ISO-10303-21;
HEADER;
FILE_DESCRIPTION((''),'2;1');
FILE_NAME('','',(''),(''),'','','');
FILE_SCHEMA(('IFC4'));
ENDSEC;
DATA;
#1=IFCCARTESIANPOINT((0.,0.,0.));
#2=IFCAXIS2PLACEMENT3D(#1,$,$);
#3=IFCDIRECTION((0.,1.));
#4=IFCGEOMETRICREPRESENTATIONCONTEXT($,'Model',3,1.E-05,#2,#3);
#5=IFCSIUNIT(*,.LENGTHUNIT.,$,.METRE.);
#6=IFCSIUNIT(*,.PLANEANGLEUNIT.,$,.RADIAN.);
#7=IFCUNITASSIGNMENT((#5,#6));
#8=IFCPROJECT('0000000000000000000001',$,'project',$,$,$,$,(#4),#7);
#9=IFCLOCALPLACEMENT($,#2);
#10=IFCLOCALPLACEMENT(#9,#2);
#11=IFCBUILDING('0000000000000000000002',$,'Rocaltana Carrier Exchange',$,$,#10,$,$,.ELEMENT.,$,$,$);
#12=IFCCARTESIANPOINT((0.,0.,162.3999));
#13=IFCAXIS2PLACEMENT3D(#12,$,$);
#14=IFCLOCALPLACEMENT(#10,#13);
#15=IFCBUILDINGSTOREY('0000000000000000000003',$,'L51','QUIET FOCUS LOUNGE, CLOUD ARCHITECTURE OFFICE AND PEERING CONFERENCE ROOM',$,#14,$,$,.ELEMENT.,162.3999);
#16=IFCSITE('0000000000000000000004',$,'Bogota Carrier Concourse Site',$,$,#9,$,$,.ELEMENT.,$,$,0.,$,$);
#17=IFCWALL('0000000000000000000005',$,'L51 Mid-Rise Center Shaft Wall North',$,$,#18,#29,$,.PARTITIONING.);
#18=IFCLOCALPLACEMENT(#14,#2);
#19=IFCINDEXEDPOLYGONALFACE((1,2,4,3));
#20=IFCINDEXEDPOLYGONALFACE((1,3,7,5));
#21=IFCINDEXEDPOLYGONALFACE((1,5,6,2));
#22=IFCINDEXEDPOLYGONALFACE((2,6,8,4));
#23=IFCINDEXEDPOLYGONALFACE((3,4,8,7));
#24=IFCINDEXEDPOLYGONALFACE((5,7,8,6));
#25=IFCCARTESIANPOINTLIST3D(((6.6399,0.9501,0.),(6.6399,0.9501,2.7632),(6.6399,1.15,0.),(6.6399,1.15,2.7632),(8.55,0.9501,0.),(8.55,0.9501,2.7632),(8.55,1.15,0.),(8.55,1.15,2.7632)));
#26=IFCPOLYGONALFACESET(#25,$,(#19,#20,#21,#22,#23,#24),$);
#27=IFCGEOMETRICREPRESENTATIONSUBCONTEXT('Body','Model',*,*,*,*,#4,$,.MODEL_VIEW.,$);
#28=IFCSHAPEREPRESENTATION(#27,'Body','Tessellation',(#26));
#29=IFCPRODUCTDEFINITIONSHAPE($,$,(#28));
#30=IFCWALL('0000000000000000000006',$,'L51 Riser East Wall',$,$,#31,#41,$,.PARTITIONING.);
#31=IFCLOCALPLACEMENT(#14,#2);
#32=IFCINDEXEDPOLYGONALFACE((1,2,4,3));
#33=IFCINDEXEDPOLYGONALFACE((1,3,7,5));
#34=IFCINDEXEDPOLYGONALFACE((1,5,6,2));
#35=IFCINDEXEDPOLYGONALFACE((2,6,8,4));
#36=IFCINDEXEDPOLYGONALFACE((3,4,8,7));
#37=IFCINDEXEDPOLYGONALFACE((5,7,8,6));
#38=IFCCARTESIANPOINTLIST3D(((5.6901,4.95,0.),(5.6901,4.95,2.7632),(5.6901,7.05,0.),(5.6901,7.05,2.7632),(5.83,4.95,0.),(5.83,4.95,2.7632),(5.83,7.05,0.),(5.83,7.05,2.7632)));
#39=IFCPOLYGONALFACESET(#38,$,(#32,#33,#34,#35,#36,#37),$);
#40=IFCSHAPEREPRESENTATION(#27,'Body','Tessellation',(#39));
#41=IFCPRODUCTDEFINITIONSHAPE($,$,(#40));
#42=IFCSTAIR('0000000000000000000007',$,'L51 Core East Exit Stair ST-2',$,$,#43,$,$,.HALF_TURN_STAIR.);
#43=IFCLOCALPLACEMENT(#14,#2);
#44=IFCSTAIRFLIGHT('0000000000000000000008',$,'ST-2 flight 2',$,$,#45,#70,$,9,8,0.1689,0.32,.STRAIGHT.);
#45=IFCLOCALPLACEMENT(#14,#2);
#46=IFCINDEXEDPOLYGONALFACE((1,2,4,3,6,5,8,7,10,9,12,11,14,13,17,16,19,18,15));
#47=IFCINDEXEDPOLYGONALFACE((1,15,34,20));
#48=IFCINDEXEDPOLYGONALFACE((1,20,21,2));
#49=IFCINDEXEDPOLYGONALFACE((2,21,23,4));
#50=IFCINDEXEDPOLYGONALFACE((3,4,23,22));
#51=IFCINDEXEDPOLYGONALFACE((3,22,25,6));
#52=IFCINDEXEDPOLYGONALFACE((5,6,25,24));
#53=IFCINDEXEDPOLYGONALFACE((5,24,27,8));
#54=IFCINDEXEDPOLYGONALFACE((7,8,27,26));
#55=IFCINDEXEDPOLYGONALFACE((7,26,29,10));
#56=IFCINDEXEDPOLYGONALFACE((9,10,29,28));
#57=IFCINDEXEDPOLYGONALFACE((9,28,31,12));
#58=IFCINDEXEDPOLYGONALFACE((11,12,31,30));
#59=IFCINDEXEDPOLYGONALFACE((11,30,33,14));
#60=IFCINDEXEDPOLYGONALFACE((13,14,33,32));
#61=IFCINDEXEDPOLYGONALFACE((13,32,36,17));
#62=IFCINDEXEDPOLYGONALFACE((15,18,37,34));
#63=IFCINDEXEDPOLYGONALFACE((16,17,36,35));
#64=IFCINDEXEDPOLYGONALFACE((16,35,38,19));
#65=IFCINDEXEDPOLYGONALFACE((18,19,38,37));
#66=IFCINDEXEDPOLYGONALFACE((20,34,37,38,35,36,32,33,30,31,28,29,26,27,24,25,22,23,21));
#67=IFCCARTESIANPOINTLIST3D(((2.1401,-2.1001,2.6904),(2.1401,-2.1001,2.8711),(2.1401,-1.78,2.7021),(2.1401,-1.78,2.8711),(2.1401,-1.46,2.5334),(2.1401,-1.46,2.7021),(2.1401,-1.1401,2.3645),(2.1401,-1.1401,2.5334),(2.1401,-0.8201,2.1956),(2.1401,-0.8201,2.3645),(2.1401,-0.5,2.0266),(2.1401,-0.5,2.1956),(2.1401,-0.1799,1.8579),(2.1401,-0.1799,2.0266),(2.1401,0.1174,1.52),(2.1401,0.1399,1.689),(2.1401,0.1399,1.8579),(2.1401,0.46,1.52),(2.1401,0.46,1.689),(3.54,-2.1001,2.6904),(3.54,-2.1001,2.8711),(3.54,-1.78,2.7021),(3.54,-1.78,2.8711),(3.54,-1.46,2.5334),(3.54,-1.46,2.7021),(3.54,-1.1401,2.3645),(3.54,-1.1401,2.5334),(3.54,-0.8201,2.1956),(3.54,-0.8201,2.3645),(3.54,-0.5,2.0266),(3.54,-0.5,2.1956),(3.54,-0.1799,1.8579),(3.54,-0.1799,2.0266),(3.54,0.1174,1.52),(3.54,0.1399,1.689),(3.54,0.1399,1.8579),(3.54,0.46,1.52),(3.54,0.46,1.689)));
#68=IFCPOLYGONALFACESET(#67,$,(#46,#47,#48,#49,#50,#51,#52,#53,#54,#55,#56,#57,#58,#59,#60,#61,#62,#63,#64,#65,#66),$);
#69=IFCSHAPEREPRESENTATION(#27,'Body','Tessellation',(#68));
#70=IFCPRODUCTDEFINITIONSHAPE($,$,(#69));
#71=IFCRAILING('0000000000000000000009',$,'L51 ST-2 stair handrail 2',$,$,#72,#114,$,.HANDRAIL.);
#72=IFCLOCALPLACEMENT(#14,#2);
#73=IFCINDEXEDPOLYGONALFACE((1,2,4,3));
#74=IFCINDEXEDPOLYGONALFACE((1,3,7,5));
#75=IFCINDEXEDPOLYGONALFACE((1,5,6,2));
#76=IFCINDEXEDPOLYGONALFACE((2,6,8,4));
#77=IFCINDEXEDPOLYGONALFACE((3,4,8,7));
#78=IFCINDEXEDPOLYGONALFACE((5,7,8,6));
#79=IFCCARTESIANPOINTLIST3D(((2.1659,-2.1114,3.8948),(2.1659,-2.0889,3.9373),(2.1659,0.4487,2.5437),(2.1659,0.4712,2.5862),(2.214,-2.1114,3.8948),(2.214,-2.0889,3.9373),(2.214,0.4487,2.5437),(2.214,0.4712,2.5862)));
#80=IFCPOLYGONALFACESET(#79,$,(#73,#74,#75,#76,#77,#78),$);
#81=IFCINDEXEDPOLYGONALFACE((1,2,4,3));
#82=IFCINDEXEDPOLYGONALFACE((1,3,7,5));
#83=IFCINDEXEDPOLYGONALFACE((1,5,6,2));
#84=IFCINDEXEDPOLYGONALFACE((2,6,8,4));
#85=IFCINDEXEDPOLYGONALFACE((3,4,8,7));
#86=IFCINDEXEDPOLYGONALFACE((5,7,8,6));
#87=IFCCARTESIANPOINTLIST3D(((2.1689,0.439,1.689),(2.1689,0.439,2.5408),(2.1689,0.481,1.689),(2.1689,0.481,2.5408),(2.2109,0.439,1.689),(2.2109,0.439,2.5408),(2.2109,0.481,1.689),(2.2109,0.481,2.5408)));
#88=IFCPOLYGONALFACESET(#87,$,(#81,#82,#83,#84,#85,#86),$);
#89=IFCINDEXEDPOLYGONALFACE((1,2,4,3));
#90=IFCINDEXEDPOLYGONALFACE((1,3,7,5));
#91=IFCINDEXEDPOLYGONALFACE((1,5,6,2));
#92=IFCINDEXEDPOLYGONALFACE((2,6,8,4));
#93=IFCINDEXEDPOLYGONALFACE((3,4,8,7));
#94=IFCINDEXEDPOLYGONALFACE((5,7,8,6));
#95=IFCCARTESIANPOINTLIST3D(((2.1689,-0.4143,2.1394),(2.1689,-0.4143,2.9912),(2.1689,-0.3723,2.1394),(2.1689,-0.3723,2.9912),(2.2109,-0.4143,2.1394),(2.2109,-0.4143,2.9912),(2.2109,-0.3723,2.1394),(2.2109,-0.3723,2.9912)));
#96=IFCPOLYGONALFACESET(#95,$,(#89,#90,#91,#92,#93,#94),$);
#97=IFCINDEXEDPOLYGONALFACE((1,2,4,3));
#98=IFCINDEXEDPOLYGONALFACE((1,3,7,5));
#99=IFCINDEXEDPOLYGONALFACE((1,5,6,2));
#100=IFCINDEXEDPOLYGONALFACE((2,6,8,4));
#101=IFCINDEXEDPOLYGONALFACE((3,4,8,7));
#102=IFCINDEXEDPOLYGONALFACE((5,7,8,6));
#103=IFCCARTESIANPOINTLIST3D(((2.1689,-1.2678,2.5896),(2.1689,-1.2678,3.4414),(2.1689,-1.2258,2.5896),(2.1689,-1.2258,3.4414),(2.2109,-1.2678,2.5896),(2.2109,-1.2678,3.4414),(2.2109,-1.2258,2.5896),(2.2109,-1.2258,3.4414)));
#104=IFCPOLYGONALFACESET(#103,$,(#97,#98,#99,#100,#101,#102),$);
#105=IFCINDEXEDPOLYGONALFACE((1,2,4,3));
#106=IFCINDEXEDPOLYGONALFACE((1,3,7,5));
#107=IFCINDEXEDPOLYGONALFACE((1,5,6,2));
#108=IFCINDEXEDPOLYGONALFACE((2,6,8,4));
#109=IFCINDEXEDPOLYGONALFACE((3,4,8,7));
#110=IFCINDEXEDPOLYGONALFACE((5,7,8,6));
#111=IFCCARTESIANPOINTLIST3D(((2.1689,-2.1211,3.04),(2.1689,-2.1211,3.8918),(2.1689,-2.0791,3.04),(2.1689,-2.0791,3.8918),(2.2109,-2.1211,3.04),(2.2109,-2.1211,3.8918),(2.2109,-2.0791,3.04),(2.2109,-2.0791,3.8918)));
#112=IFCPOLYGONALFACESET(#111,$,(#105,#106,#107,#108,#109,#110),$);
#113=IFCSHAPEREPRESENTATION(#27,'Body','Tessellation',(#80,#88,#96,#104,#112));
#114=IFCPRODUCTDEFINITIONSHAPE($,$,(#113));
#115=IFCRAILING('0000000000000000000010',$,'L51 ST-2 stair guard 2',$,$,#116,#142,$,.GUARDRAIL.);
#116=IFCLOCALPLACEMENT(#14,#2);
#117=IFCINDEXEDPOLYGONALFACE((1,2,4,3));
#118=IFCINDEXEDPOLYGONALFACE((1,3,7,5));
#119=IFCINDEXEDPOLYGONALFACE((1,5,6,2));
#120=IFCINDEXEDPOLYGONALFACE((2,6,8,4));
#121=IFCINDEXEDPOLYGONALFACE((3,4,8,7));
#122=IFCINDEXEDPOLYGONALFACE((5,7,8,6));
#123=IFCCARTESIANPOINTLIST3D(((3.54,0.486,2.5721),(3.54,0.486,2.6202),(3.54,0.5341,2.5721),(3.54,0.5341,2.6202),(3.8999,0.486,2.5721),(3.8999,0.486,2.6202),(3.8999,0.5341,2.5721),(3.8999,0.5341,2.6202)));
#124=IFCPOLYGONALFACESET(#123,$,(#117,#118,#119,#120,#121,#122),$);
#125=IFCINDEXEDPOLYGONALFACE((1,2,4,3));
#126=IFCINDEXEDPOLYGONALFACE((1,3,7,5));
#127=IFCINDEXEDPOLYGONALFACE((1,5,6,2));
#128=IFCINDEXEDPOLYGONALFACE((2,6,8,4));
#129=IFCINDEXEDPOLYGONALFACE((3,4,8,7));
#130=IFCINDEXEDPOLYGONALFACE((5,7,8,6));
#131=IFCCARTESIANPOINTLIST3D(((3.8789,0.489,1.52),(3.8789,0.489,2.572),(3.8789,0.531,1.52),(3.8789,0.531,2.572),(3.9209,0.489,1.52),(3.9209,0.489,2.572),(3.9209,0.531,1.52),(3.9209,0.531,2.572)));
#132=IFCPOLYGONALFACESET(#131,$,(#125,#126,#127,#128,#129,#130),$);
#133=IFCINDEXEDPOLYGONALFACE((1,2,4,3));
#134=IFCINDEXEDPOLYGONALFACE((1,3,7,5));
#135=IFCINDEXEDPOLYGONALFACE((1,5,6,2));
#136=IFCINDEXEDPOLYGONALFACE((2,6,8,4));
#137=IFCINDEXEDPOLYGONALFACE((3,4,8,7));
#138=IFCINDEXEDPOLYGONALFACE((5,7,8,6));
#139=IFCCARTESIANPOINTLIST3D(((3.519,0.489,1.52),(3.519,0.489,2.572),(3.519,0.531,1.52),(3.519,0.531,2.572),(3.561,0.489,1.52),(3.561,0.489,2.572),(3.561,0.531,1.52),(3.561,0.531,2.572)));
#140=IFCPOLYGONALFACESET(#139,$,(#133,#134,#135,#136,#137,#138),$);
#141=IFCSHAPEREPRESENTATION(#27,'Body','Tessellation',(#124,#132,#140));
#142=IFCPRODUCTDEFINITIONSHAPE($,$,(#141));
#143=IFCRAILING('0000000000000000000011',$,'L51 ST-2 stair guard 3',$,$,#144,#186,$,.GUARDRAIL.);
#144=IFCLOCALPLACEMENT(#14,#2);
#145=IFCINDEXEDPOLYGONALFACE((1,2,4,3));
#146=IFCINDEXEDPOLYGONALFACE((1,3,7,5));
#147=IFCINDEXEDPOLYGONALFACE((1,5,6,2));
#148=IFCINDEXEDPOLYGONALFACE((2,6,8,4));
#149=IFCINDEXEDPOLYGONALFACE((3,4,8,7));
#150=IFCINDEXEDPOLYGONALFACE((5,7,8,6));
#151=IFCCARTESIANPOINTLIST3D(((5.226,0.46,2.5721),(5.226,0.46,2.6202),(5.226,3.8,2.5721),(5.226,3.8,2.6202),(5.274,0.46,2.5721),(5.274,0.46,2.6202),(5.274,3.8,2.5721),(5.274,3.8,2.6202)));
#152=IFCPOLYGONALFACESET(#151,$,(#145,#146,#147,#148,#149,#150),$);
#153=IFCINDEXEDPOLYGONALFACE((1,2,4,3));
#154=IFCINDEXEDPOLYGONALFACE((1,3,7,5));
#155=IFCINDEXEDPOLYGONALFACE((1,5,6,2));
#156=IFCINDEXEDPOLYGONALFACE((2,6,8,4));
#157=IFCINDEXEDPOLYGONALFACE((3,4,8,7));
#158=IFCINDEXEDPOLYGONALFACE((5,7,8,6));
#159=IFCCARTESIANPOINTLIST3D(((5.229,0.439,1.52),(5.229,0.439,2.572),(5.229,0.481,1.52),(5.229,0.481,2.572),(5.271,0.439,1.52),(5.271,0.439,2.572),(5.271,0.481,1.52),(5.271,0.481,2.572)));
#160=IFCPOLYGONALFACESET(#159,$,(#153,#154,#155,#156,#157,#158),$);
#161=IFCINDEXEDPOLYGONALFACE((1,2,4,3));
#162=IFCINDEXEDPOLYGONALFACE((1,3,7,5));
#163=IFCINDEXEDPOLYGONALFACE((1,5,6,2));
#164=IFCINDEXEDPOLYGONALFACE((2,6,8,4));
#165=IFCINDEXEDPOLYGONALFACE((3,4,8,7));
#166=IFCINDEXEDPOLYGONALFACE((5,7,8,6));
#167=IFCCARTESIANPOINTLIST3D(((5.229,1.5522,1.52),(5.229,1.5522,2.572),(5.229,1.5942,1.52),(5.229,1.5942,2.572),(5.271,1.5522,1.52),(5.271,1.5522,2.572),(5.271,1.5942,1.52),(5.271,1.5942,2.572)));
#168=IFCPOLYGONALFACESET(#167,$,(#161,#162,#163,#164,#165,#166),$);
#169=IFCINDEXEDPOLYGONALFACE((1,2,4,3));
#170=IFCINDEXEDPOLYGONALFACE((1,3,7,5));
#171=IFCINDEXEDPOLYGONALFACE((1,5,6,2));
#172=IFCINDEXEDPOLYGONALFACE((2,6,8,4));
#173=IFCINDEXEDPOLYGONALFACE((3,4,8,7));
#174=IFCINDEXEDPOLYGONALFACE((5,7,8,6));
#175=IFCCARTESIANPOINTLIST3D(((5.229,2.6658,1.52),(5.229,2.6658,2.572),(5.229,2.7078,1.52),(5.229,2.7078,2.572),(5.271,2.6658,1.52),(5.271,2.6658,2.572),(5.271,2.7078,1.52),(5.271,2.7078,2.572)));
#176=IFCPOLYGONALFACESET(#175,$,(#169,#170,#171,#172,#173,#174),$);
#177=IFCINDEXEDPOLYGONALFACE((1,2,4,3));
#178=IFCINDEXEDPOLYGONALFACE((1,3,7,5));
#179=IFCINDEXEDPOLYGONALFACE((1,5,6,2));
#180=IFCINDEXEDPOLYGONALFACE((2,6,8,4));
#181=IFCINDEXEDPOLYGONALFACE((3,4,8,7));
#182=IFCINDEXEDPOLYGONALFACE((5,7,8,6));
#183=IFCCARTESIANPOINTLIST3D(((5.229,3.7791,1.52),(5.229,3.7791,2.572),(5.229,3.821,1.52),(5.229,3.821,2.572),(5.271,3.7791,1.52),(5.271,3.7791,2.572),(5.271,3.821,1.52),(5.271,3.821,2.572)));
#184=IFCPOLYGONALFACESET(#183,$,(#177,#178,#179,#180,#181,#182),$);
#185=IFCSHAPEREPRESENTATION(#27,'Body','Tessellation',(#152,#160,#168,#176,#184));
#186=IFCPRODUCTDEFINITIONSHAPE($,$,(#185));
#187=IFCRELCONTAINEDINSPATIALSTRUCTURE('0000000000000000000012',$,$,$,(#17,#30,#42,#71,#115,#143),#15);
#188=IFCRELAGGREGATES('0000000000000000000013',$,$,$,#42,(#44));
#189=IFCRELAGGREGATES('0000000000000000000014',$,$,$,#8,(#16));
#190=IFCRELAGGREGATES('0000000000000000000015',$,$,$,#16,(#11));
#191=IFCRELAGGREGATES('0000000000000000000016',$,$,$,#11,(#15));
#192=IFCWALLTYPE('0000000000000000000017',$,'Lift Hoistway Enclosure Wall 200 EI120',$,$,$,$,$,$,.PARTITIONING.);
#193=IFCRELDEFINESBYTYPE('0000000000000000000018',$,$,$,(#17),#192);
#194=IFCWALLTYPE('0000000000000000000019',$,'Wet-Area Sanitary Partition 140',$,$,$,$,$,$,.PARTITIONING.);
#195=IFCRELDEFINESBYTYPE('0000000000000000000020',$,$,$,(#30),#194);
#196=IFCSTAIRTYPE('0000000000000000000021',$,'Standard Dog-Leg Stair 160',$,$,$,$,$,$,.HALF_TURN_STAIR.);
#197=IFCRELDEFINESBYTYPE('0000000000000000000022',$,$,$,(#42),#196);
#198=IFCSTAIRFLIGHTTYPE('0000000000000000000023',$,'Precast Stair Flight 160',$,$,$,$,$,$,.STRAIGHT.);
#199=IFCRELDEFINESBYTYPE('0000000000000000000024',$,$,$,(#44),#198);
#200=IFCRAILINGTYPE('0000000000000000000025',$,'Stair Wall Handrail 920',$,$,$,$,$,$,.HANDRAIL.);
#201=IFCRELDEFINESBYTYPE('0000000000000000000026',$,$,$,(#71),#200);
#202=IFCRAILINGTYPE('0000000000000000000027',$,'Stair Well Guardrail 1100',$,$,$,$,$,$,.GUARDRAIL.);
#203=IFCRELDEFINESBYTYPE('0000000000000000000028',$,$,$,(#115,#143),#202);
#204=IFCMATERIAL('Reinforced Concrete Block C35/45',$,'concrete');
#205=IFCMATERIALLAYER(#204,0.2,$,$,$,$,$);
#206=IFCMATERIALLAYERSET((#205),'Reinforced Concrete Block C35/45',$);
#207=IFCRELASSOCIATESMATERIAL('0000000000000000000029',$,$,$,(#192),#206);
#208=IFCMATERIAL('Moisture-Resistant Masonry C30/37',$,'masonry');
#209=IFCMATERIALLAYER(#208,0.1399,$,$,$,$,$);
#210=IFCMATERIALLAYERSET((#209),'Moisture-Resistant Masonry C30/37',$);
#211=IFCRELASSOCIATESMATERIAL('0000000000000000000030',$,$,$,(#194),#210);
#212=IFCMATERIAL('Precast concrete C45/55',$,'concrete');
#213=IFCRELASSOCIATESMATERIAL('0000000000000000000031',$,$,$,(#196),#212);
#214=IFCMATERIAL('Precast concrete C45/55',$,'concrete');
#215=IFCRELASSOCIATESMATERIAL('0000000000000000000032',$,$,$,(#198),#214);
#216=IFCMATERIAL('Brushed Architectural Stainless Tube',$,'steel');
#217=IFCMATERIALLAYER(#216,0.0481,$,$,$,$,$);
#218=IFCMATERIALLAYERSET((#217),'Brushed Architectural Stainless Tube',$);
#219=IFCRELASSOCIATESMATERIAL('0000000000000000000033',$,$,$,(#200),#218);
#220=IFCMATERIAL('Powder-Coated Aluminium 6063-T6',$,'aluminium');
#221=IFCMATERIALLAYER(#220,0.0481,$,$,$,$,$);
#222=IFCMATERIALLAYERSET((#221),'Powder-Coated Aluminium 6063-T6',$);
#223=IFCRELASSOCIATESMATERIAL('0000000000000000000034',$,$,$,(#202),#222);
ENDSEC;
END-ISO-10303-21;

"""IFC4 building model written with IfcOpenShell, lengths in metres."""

from ifc_helpers import new_model, si_unit, direction, frame, frame_2d, origin, origin_2d, place, context, subcontext, project, spatial, polyline, rectangle, outline, extrude, material, layer, layer_set, type_object, element, aggregate, save


model = new_model("IFC4")

# Units and contexts
model_context = context("Model", 3, precision=1e-05, world=origin(), true_north=direction((0.0, 1.0)))
body_context = subcontext(model_context, "Body", "Model", "MODEL_VIEW")
ifc_project = project(units=[si_unit("LENGTHUNIT", "METRE"), si_unit("PLANEANGLEUNIT", "RADIAN")], contexts=[model_context])

# Site, building, storey
site_placement = place(None, origin())
site = spatial("IfcSite", under=ifc_project, at=site_placement, Name="Bogota Carrier Concourse Site", CompositionType="ELEMENT", RefElevation=0.0)
building_placement = place(site_placement, origin())
building = spatial("IfcBuilding", under=site, at=building_placement, Name="Rocaltana Carrier Exchange", CompositionType="ELEMENT")
storey_placement = place(building_placement, frame((0.0, 0.0, 162.3999)))
storey = spatial("IfcBuildingStorey", under=building, at=storey_placement, Name="L51", Description="QUIET FOCUS LOUNGE, CLOUD ARCHITECTURE OFFICE AND PEERING CONFERENCE ROOM", CompositionType="ELEMENT", Elevation=162.3999)

# Walls
ifc_material_1 = material(Name="Reinforced Concrete Block C35/45", Category="concrete")
ifc_layer_1 = layer(ifc_material_1, 0.2)
ifc_layer_set_1 = layer_set([ifc_layer_1], Name="Reinforced Concrete Block C35/45")
wall_type_1 = type_object("IfcWallType", Name="Lift Hoistway Enclosure Wall 200 EI120", PredefinedType="PARTITIONING", material=ifc_layer_set_1)
wall_1_placement = place(storey_placement, frame((6.6399, 1.05, 0.0), z_axis=(0.0, 0.0, 1.0), x_axis=(1.0, 0.0, 0.0)))
element("IfcWall", 1, at=wall_1_placement, inside=storey, type_object=wall_type_1, Name="L51 Mid-Rise Center Shaft Wall North", PredefinedType="PARTITIONING", context=body_context, shape_type="SweptSolid", body=[
    extrude(rectangle(XDim=1.9102, YDim=0.2, at=frame_2d((0.9551, 0.0))), origin(), (0.0, 0.0, 1.0), 2.7632),
])
ifc_material_2 = material(Name="Moisture-Resistant Masonry C30/37", Category="masonry")
ifc_layer_2 = layer(ifc_material_2, 0.1399)
ifc_layer_set_2 = layer_set([ifc_layer_2], Name="Moisture-Resistant Masonry C30/37")
wall_type_2 = type_object("IfcWallType", Name="Wet-Area Sanitary Partition 140", PredefinedType="PARTITIONING", material=ifc_layer_set_2)
wall_2_placement = place(storey_placement, frame((5.76, 4.95, 0.0), z_axis=(0.0, 0.0, 1.0), x_axis=(0.0, 1.0, 0.0)))
element("IfcWall", 2, at=wall_2_placement, inside=storey, type_object=wall_type_2, Name="L51 Riser East Wall", PredefinedType="PARTITIONING", context=body_context, shape_type="SweptSolid", body=[
    extrude(rectangle(XDim=2.1001, YDim=0.1399, at=frame_2d((1.05, 0.0))), origin(), (0.0, 0.0, 1.0), 2.7632),
])

# Stair, stair flight
ifc_material_3 = material(Name="Precast concrete C45/55", Category="concrete")
stair_type = type_object("IfcStairType", Name="Standard Dog-Leg Stair 160", PredefinedType="HALF_TURN_STAIR", material=ifc_material_3)
stair_placement = place(storey_placement, origin())
stair = element("IfcStair", 3, at=stair_placement, inside=storey, type_object=stair_type, Name="L51 Core East Exit Stair ST-2", PredefinedType="HALF_TURN_STAIR")
ifc_material_4 = material(Name="Precast concrete C45/55", Category="concrete")
stair_flight_type = type_object("IfcStairFlightType", Name="Precast Stair Flight 160", PredefinedType="STRAIGHT", material=ifc_material_4)
stair_flight_placement = place(storey_placement, frame((2.8401, 0.46, 1.52), z_axis=(0.0, 0.0, 1.0), x_axis=(0.0, -1.0, 0.0)))
stair_flight = element("IfcStairFlight", 4, at=stair_flight_placement, type_object=stair_flight_type, Name="ST-2 flight 2", NumberOfRisers=9, NumberOfTreads=8, PredefinedType="STRAIGHT", RiserHeight=0.1689, TreadLength=0.32, context=body_context, shape_type="SweptSolid", body=[
    extrude(outline(polyline([(0.0, 0.0), (0.0, 0.1689), (0.3201, 0.1689), (0.3201, 0.3379), (0.6399, 0.3379), (0.6399, 0.5066), (0.96, 0.5066), (0.96, 0.6755), (1.28, 0.6755), (1.28, 0.8445), (1.6001, 0.8445), (1.6001, 1.0134), (1.9199, 1.0134), (1.9199, 1.1821), (2.24, 1.1821), (2.24, 1.3511), (2.5601, 1.3511), (2.5601, 1.52), (2.5601, 1.1704), (0.3425, 0.0), (0.0, 0.0)])), frame((0.0, 0.7, 0.0), z_axis=(0.0, -1.0, 0.0), x_axis=(1.0, 0.0, 0.0)), (0.0, 0.0, 1.0), 1.3999),
])
aggregate(stair, [stair_flight])

# Railings
ifc_material_5 = material(Name="Brushed Architectural Stainless Tube", Category="steel")
ifc_layer_3 = layer(ifc_material_5, 0.0481)
ifc_layer_set_3 = layer_set([ifc_layer_3], Name="Brushed Architectural Stainless Tube")
railing_type_1 = type_object("IfcRailingType", Name="Stair Wall Handrail 920", PredefinedType="HANDRAIL", material=ifc_layer_set_3)
railing_1_placement = place(storey_placement, frame((2.1899, 0.46, 1.689)))
element("IfcRailing", 5, at=railing_1_placement, inside=storey, type_object=railing_type_1, Name="L51 ST-2 stair handrail 2", PredefinedType="HANDRAIL", context=body_context, shape_type="SweptSolid", body=[
    extrude(rectangle(XDim=0.0481, YDim=0.0481, at=origin_2d()), frame((0.0, 0.0, 0.876), z_axis=(0.0, -0.884394, 0.46674), x_axis=(1.0, 0.0, 0.0)), (0.0, 0.0, 1.0), 2.8948),
    extrude(rectangle(XDim=0.042, YDim=0.042, at=origin_2d()), origin(), (0.0, 0.0, 1.0), 0.8518),
    extrude(rectangle(XDim=0.042, YDim=0.042, at=origin_2d()), frame((0.0, -0.8533, 0.4504)), (0.0, 0.0, 1.0), 0.8518),
    extrude(rectangle(XDim=0.042, YDim=0.042, at=origin_2d()), frame((0.0, -1.7068, 0.9006)), (0.0, 0.0, 1.0), 0.8518),
    extrude(rectangle(XDim=0.042, YDim=0.042, at=origin_2d()), frame((0.0, -2.5601, 1.3511)), (0.0, 0.0, 1.0), 0.8518),
])
ifc_material_6 = material(Name="Powder-Coated Aluminium 6063-T6", Category="aluminium")
ifc_layer_4 = layer(ifc_material_6, 0.0481)
ifc_layer_set_4 = layer_set([ifc_layer_4], Name="Powder-Coated Aluminium 6063-T6")
railing_type_2 = type_object("IfcRailingType", Name="Stair Well Guardrail 1100", PredefinedType="GUARDRAIL", material=ifc_layer_set_4)
railing_2_placement = place(storey_placement, frame((3.8999, 0.51, 1.52)))
element("IfcRailing", 6, at=railing_2_placement, inside=storey, type_object=railing_type_2, Name="L51 ST-2 stair guard 2", PredefinedType="GUARDRAIL", context=body_context, shape_type="SweptSolid", body=[
    extrude(rectangle(XDim=0.0481, YDim=0.0481, at=origin_2d()), frame((0.0, 0.0, 1.0762), z_axis=(-1.0, 0.0, 0.0), x_axis=(0.0, -1.0, 0.0)), (0.0, 0.0, 1.0), 0.3599),
    extrude(rectangle(XDim=0.042, YDim=0.042, at=origin_2d()), origin(), (0.0, 0.0, 1.0), 1.052),
    extrude(rectangle(XDim=0.042, YDim=0.042, at=origin_2d()), frame((-0.3599, 0.0, 0.0)), (0.0, 0.0, 1.0), 1.052),
])
for number, where, name in (
    (7, (5.25, 0.46, 1.52), "L51 ST-2 stair guard 3"),
):
    element("IfcRailing", number, at=place(storey_placement, frame(where)), inside=storey, type_object=railing_type_2, Name=name, PredefinedType="GUARDRAIL", context=body_context, shape_type="SweptSolid", body=[
        extrude(rectangle(XDim=0.0481, YDim=0.0481, at=origin_2d()), frame((0.0, 0.0, 1.0762), z_axis=(0.0, 1.0, 0.0), x_axis=(-1.0, 0.0, 0.0)), (0.0, 0.0, 1.0), 3.3401),
        extrude(rectangle(XDim=0.042, YDim=0.042, at=origin_2d()), origin(), (0.0, 0.0, 1.0), 1.052),
        extrude(rectangle(XDim=0.042, YDim=0.042, at=origin_2d()), frame((0.0, 1.1133, 0.0)), (0.0, 0.0, 1.0), 1.052),
        extrude(rectangle(XDim=0.042, YDim=0.042, at=origin_2d()), frame((0.0, 2.2268, 0.0)), (0.0, 0.0, 1.0), 1.052),
        extrude(rectangle(XDim=0.042, YDim=0.042, at=origin_2d()), frame((0.0, 3.3401, 0.0)), (0.0, 0.0, 1.0), 1.052),
    ])

save(model, "model.ifc")
